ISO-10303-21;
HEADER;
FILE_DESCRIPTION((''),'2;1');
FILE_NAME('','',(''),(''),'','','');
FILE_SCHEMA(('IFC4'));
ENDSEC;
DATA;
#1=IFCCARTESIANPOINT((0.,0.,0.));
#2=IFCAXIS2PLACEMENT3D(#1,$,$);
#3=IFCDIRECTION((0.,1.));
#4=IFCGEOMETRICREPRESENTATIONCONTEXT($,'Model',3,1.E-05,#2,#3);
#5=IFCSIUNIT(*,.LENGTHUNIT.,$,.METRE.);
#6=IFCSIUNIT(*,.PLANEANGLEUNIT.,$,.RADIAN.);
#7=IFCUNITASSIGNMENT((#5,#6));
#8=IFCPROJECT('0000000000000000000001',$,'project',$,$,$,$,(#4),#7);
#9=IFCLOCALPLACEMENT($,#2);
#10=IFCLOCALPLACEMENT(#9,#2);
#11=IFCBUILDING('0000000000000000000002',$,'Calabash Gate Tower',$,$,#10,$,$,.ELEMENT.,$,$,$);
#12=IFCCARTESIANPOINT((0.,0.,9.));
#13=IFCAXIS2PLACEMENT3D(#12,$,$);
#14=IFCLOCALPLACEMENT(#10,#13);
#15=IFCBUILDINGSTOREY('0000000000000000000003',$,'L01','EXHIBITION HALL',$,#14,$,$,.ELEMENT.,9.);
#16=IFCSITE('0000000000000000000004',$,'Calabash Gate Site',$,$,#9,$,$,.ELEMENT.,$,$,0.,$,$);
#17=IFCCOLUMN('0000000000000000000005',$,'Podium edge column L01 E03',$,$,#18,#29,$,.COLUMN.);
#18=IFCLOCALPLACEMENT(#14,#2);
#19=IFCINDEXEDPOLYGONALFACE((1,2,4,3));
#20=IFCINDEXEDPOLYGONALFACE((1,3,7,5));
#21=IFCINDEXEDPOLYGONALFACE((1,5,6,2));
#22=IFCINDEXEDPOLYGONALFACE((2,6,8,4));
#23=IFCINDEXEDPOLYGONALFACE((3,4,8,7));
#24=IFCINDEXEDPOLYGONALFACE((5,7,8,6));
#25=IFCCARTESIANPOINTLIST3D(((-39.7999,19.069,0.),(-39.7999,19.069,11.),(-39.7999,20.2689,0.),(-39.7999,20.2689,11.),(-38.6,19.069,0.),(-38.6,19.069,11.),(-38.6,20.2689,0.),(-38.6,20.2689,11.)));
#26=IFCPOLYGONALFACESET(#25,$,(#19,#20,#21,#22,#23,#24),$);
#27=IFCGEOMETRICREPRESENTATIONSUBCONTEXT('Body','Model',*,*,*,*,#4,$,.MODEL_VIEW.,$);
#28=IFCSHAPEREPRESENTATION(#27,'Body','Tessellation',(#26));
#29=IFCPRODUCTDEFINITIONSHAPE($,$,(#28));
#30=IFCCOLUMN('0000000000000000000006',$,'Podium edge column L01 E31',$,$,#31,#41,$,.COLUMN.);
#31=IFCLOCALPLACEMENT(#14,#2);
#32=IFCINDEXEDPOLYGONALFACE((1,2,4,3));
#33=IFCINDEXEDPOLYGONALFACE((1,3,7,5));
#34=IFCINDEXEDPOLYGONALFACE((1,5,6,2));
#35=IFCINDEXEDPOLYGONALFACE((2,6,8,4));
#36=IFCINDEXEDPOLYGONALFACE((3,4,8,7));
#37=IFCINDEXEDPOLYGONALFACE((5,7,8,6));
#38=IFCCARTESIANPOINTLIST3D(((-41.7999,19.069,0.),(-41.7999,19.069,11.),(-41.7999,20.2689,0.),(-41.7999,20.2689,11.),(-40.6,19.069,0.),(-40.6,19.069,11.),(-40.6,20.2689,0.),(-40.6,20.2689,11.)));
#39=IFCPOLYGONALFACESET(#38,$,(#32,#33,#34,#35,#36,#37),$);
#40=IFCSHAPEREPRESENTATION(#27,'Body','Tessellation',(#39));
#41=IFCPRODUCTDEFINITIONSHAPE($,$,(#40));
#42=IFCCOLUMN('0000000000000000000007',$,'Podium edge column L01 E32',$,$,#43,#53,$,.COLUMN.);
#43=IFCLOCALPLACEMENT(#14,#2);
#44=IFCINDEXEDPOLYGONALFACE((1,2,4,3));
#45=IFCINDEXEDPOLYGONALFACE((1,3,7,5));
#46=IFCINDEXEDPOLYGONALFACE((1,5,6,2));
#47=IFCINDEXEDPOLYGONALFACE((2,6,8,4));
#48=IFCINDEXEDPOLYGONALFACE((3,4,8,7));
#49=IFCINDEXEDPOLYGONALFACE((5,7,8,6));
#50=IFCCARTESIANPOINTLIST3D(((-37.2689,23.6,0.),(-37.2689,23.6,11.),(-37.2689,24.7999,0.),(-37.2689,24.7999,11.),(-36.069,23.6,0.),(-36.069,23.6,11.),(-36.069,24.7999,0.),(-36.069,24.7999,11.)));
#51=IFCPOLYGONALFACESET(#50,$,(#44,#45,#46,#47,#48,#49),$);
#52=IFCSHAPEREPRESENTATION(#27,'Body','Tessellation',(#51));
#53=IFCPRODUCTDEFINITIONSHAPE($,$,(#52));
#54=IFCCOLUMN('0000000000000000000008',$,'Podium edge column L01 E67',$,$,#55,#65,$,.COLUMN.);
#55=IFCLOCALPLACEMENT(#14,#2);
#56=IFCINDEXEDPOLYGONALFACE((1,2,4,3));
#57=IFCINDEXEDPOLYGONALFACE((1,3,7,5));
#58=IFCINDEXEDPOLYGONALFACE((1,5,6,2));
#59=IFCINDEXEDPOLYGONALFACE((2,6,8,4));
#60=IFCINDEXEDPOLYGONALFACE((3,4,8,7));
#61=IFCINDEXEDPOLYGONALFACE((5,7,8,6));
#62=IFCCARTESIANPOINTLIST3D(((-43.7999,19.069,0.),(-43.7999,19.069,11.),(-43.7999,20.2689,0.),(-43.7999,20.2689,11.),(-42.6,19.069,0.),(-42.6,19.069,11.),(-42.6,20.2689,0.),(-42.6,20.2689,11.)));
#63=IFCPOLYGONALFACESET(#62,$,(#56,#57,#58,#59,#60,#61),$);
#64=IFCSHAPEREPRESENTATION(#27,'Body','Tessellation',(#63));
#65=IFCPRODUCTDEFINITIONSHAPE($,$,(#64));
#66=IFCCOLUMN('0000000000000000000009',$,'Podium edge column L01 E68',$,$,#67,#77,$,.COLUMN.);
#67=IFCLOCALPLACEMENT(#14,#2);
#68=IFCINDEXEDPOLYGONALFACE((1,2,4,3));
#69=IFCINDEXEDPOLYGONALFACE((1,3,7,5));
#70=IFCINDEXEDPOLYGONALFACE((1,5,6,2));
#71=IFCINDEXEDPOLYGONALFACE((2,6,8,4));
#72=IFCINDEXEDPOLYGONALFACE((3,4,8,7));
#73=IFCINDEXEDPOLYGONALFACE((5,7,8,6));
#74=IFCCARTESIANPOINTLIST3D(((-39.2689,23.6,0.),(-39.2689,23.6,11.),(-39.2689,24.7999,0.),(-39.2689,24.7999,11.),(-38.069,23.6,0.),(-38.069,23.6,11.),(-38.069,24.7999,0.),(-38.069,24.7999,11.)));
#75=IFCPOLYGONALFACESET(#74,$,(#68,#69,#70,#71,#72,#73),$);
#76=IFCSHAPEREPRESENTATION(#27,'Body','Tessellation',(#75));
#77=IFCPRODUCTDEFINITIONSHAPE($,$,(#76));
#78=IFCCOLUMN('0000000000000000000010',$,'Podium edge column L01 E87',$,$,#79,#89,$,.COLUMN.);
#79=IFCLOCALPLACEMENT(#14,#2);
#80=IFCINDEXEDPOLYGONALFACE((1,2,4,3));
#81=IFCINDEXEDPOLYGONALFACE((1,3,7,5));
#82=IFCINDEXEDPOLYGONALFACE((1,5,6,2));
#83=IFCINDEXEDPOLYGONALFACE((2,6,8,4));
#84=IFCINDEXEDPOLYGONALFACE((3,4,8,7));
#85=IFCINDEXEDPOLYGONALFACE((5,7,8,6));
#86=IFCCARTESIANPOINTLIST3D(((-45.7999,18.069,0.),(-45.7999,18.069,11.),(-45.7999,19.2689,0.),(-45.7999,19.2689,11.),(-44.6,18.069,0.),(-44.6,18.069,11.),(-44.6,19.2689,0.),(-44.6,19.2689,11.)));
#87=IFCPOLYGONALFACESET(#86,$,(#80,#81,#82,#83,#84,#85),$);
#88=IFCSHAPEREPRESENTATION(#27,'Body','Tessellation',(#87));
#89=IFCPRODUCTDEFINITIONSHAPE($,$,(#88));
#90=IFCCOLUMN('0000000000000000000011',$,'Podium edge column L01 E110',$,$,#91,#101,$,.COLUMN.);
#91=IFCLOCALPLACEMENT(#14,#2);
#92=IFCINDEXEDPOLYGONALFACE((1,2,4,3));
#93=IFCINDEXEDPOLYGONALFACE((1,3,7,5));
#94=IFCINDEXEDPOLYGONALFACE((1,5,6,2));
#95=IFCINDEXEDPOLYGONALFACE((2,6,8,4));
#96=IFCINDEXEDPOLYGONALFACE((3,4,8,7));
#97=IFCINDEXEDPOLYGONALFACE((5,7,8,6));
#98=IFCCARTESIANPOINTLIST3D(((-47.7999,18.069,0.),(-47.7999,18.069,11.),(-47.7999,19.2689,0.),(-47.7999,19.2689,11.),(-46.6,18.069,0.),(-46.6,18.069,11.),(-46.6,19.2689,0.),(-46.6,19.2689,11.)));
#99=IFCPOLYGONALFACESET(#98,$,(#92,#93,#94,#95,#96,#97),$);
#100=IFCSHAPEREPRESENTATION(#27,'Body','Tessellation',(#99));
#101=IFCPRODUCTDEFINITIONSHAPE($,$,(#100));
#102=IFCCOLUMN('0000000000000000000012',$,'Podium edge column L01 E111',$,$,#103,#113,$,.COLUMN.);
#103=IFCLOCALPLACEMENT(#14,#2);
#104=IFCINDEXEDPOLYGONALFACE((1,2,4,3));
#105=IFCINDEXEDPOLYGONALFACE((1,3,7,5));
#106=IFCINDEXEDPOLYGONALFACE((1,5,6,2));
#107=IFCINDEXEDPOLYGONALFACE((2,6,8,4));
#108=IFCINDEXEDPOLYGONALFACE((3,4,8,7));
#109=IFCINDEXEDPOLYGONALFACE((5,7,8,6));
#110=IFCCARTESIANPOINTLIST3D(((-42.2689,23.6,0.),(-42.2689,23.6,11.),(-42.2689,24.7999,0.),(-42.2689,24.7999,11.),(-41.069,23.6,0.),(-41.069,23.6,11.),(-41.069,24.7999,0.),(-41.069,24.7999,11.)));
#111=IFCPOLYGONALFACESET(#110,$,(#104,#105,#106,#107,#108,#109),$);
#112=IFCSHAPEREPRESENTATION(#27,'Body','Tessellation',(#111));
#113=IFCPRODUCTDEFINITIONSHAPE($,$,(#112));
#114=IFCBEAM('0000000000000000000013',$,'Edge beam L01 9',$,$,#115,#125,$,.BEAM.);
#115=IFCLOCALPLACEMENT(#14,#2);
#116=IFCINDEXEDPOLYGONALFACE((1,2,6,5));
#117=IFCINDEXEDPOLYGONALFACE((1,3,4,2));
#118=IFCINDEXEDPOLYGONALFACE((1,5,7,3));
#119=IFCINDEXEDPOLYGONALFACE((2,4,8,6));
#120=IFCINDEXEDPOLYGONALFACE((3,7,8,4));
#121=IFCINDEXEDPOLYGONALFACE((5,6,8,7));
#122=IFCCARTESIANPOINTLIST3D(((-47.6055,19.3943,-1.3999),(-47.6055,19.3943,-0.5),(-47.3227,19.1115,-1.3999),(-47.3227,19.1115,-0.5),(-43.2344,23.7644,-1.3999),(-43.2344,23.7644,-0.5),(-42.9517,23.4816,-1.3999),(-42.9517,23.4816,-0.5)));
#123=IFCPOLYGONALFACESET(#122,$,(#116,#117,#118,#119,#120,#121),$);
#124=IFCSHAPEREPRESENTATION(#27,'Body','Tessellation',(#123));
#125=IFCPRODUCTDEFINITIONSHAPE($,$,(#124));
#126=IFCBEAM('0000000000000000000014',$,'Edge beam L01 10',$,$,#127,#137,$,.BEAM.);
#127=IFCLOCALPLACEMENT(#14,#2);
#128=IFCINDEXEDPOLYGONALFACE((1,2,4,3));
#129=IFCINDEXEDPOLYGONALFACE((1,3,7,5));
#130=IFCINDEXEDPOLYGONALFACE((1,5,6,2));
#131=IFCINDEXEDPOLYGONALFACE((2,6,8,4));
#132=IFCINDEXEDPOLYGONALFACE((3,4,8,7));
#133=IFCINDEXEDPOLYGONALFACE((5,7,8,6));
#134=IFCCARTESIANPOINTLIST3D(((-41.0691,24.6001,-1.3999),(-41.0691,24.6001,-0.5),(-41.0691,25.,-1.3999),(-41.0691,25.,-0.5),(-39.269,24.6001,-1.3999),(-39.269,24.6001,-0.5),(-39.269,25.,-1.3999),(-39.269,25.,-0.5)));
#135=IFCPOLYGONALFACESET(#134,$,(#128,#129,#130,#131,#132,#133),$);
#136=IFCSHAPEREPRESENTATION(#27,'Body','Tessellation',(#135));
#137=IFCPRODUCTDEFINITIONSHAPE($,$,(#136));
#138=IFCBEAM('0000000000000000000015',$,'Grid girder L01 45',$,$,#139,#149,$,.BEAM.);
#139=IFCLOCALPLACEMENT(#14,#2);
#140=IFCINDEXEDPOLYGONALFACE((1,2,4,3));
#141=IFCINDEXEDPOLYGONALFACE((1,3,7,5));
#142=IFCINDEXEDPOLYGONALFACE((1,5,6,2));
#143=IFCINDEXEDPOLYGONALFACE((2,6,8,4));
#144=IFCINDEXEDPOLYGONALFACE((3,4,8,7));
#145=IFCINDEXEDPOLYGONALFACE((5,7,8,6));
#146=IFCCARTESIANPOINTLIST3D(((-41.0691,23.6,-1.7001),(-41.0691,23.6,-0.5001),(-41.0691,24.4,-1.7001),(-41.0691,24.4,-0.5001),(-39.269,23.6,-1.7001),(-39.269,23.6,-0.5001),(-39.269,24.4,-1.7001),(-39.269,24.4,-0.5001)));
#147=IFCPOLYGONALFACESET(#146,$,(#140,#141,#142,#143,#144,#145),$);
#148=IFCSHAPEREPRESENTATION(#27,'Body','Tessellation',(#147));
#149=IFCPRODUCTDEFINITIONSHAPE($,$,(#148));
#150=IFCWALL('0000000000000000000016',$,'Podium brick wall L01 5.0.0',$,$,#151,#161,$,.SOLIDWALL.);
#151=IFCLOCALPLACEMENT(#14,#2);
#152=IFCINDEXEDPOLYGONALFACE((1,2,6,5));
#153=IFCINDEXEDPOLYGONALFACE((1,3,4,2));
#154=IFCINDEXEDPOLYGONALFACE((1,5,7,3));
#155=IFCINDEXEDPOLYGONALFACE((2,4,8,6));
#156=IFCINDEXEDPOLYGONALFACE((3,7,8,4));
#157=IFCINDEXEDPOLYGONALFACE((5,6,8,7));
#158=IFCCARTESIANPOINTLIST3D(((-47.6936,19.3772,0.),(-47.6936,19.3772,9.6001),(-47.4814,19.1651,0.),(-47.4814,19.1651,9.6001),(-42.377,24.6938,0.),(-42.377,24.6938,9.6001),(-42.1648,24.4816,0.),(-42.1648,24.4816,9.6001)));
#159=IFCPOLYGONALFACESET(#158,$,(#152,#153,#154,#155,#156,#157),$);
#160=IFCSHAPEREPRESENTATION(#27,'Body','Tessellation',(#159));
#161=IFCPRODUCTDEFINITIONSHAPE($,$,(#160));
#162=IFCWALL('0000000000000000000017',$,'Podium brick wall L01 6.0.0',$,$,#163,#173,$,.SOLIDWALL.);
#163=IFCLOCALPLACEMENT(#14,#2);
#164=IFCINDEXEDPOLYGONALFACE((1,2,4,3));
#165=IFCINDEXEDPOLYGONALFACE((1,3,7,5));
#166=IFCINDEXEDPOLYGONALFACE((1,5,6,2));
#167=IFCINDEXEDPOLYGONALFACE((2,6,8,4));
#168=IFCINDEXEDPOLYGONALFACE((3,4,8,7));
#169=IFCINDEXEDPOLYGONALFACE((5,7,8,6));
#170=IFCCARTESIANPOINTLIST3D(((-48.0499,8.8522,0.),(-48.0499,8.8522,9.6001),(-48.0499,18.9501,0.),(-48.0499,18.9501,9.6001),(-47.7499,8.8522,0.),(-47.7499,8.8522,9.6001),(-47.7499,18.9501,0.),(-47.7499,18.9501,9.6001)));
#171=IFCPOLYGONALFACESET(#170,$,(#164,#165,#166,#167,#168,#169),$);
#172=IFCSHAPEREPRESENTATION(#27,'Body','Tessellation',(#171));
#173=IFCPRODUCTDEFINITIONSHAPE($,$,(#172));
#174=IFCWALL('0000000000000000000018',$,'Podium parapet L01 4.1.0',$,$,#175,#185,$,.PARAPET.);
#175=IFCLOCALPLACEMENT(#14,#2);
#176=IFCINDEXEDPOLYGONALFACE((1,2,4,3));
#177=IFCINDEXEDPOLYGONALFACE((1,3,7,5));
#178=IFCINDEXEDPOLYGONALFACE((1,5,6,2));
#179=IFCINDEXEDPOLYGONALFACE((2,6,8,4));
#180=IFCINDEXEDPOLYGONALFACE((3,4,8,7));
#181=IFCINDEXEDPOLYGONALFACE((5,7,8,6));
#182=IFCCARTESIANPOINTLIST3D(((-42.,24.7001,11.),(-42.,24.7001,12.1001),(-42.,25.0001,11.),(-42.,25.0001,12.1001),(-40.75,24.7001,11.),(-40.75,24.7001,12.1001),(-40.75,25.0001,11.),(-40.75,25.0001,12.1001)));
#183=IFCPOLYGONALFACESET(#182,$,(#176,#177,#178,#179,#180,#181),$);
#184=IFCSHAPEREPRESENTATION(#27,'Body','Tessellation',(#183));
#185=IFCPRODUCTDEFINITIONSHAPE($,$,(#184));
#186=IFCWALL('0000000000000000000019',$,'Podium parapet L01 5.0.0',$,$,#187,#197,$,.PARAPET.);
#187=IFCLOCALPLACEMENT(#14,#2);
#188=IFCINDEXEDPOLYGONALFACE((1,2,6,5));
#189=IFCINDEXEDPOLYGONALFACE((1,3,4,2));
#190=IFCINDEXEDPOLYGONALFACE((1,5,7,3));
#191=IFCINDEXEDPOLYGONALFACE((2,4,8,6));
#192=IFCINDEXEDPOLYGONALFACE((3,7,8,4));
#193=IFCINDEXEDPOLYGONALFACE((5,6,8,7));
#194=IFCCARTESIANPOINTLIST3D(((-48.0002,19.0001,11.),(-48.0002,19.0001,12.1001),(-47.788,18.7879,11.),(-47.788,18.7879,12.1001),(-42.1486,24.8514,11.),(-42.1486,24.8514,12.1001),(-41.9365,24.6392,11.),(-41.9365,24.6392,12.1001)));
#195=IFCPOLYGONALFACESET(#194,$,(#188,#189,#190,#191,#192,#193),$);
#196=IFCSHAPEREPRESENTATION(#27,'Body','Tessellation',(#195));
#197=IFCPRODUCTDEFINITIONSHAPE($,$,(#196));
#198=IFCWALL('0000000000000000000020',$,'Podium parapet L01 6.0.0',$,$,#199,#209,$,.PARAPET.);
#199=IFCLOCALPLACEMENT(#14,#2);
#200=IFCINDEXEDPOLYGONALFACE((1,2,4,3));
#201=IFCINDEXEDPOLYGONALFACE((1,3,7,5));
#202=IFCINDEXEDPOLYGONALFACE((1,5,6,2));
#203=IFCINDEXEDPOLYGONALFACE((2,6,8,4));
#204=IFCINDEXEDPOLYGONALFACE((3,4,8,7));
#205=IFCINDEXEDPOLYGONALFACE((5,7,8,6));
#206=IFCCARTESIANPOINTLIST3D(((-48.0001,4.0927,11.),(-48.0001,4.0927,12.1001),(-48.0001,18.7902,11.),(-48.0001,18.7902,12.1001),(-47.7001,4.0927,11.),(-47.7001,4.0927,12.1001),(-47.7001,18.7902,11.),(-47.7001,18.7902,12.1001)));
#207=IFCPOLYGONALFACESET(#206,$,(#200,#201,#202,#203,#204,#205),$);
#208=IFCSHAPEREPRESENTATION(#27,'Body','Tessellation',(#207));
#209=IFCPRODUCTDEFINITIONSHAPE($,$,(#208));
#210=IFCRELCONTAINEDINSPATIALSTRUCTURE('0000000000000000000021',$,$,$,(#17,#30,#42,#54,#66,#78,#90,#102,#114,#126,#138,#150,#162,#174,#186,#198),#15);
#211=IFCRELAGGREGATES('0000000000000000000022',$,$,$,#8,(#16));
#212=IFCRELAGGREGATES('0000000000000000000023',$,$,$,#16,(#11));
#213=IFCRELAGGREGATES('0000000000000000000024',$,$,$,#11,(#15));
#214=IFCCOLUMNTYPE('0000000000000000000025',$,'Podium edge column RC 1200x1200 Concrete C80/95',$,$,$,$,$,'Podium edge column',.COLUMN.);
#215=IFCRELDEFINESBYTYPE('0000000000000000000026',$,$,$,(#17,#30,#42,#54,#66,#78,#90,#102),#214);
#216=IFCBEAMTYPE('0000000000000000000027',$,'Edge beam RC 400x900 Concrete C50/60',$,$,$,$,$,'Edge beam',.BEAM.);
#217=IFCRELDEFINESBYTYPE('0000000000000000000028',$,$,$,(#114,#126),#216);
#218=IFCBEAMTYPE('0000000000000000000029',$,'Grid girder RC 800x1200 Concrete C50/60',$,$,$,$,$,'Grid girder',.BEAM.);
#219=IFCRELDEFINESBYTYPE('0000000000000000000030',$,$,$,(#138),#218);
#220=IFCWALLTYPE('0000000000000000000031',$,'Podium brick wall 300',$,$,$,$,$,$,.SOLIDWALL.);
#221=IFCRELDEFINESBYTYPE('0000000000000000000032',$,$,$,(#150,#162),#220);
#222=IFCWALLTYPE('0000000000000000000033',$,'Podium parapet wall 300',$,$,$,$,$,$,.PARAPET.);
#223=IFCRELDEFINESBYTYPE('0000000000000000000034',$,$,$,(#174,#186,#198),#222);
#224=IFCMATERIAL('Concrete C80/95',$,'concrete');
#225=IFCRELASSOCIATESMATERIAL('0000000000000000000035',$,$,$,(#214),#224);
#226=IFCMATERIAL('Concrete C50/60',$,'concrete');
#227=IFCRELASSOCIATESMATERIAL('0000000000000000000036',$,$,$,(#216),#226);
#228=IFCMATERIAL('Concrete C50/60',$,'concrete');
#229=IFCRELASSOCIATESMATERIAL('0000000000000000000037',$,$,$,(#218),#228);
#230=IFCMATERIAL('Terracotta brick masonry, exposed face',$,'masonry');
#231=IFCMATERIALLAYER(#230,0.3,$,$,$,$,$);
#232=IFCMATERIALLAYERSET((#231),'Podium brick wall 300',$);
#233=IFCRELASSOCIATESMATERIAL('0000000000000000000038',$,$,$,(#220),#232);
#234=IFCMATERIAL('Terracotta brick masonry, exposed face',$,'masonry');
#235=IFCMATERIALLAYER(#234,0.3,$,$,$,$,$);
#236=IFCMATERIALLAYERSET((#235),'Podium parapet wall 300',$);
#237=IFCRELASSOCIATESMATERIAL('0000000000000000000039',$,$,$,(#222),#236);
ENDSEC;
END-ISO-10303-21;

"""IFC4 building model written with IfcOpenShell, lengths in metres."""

from ifc_helpers import new_model, si_unit, direction, frame, frame_2d, origin, origin_2d, place, context, subcontext, project, spatial, rectangle, extrude, material, layer, layer_set, material_profile, profile_set, type_object, element, save


model = new_model("IFC4")

# Units and contexts
model_context = context("Model", 3, precision=1e-05, world=origin(), true_north=direction((0.0, 1.0)))
body_context = subcontext(model_context, "Body", "Model", "MODEL_VIEW")
ifc_project = project(units=[si_unit("LENGTHUNIT", "METRE"), si_unit("PLANEANGLEUNIT", "RADIAN")], contexts=[model_context])

# Site, building, storey
site_placement = place(None, origin())
site = spatial("IfcSite", under=ifc_project, at=site_placement, Name="Calabash Gate Site", CompositionType="ELEMENT", RefElevation=0.0)
building_placement = place(site_placement, origin())
building = spatial("IfcBuilding", under=site, at=building_placement, Name="Calabash Gate Tower", CompositionType="ELEMENT")
storey_placement = place(building_placement, frame((0.0, 0.0, 9.0)))
storey = spatial("IfcBuildingStorey", under=building, at=storey_placement, Name="L01", Description="EXHIBITION HALL", CompositionType="ELEMENT", Elevation=9.0)

# Columns
ifc_material_1 = material(Name="Concrete C80/95", Category="concrete")
ifc_material_profile_1 = material_profile(ifc_material_1, rectangle(XDim=1.2, YDim=1.2, at=origin_2d()))
ifc_profile_set_1 = profile_set([ifc_material_profile_1], Name="Concrete C80/95")
column_type = type_object("IfcColumnType", Name="Podium edge column RC 1200x1200 Concrete C80/95", ElementType="Podium edge column", PredefinedType="COLUMN", material=ifc_profile_set_1)
for number, where, z_axis, x_axis, name in (
    (1, (-39.2, 19.6689, 0.0), (0.0, 0.0, 1.0), (1.0, 0.0, 0.0), "Podium edge column L01 E03"),
    (2, (-41.2, 19.6689, 0.0), (0.0, 0.0, 1.0), (1.0, 0.0, 0.0), "Podium edge column L01 E31"),
    (3, (-36.6689, 24.2, 0.0), (0.0, 0.0, 1.0), (1.0, 0.0, 0.0), "Podium edge column L01 E32"),
    (4, (-43.2, 19.6689, 0.0), (0.0, 0.0, 1.0), (1.0, 0.0, 0.0), "Podium edge column L01 E67"),
    (5, (-38.6689, 24.2, 0.0), (0.0, 0.0, 1.0), (1.0, 0.0, 0.0), "Podium edge column L01 E68"),
    (6, (-45.2, 18.6689, 0.0), (0.0, 0.0, 1.0), (1.0, 0.0, 0.0), "Podium edge column L01 E87"),
    (7, (-47.2, 18.6689, 0.0), (0.0, 0.0, 1.0), (1.0, 0.0, 0.0), "Podium edge column L01 E110"),
    (8, (-41.6689, 24.2, 0.0), (0.0, 0.0, 1.0), (1.0, 0.0, 0.0), "Podium edge column L01 E111"),
):
    element("IfcColumn", number, at=place(storey_placement, frame(where, z_axis=z_axis, x_axis=x_axis)), inside=storey, type_object=column_type, Name=name, PredefinedType="COLUMN", context=body_context, shape_type="SweptSolid", body=[
        extrude(rectangle(XDim=1.2, YDim=1.2, at=origin_2d()), origin(), (0.0, 0.0, 1.0), 11.0),
    ])

# Beams
ifc_material_2 = material(Name="Concrete C50/60", Category="concrete")
ifc_material_profile_2 = material_profile(ifc_material_2, rectangle(XDim=0.3999, YDim=0.8999, at=origin_2d()))
ifc_profile_set_2 = profile_set([ifc_material_profile_2], Name="Concrete C50/60")
beam_type_1 = type_object("IfcBeamType", Name="Edge beam RC 400x900 Concrete C50/60", ElementType="Edge beam", PredefinedType="BEAM", material=ifc_profile_set_2)
beam_1_placement = place(storey_placement, frame((-47.4641, 19.2529, -0.95), z_axis=(0.707186, 0.707028, 0.0), x_axis=(-0.707028, 0.707186, 0.0)))
element("IfcBeam", 9, at=beam_1_placement, inside=storey, type_object=beam_type_1, Name="Edge beam L01 9", PredefinedType="BEAM", context=body_context, shape_type="SweptSolid", body=[
    extrude(rectangle(XDim=0.3999, YDim=0.8999, at=origin_2d()), origin(), (0.0, 0.0, 1.0), 6.1809),
])
beam_2_placement = place(storey_placement, frame((-41.0691, 24.8, -0.95), z_axis=(1.0, 0.0, 0.0), x_axis=(0.0, 1.0, 0.0)))
element("IfcBeam", 10, at=beam_2_placement, inside=storey, type_object=beam_type_1, Name="Edge beam L01 10", PredefinedType="BEAM", context=body_context, shape_type="SweptSolid", body=[
    extrude(rectangle(XDim=0.3999, YDim=0.8999, at=origin_2d()), origin(), (0.0, 0.0, 1.0), 1.8),
])
ifc_material_3 = material(Name="Concrete C50/60", Category="concrete")
ifc_material_profile_3 = material_profile(ifc_material_3, rectangle(XDim=0.8, YDim=1.2, at=origin_2d()))
ifc_profile_set_3 = profile_set([ifc_material_profile_3], Name="Concrete C50/60")
beam_type_2 = type_object("IfcBeamType", Name="Grid girder RC 800x1200 Concrete C50/60", ElementType="Grid girder", PredefinedType="BEAM", material=ifc_profile_set_3)
beam_3_placement = place(storey_placement, frame((-41.0691, 24.0, -1.1001), z_axis=(1.0, 0.0, 0.0), x_axis=(0.0, 1.0, 0.0)))
element("IfcBeam", 11, at=beam_3_placement, inside=storey, type_object=beam_type_2, Name="Grid girder L01 45", PredefinedType="BEAM", context=body_context, shape_type="SweptSolid", body=[
    extrude(rectangle(XDim=0.8, YDim=1.2, at=origin_2d()), origin(), (0.0, 0.0, 1.0), 1.8),
])

# Walls
ifc_material_4 = material(Name="Terracotta brick masonry, exposed face", Category="masonry")
ifc_layer_1 = layer(ifc_material_4, 0.3)
ifc_layer_set_1 = layer_set([ifc_layer_1], Name="Podium brick wall 300")
wall_type_1 = type_object("IfcWallType", Name="Podium brick wall 300", PredefinedType="SOLIDWALL", material=ifc_layer_set_1)
wall_1_placement = place(storey_placement, frame((-42.271, 24.5876, 0.0), z_axis=(0.0, 0.0, 1.0), x_axis=(-0.707107, -0.707107, 0.0)))
element("IfcWall", 12, at=wall_1_placement, inside=storey, type_object=wall_type_1, Name="Podium brick wall L01 5.0.0", PredefinedType="SOLIDWALL", context=body_context, shape_type="SweptSolid", body=[
    extrude(rectangle(XDim=7.5188, YDim=0.3, at=frame_2d((3.7593, 0.0))), origin(), (0.0, 0.0, 1.0), 9.6001),
])
wall_2_placement = place(storey_placement, frame((-47.8999, 18.95, 0.0), z_axis=(0.0, 0.0, 1.0), x_axis=(0.0, -1.0, 0.0)))
element("IfcWall", 13, at=wall_2_placement, inside=storey, type_object=wall_type_1, Name="Podium brick wall L01 6.0.0", PredefinedType="SOLIDWALL", context=body_context, shape_type="SweptSolid", body=[
    extrude(rectangle(XDim=10.0979, YDim=0.3, at=frame_2d((5.0488, 0.0))), origin(), (0.0, 0.0, 1.0), 9.6001),
])
ifc_material_5 = material(Name="Terracotta brick masonry, exposed face", Category="masonry")
ifc_layer_2 = layer(ifc_material_5, 0.3)
ifc_layer_set_2 = layer_set([ifc_layer_2], Name="Podium parapet wall 300")
wall_type_2 = type_object("IfcWallType", Name="Podium parapet wall 300", PredefinedType="PARAPET", material=ifc_layer_set_2)
wall_3_placement = place(storey_placement, frame((-40.75, 24.8501, 11.0), z_axis=(0.0, 0.0, 1.0), x_axis=(-1.0, 0.0, 0.0)))
element("IfcWall", 14, at=wall_3_placement, inside=storey, type_object=wall_type_2, Name="Podium parapet L01 4.1.0", PredefinedType="PARAPET", context=body_context, shape_type="SweptSolid", body=[
    extrude(rectangle(XDim=1.25, YDim=0.3, at=frame_2d((0.625, 0.0))), origin(), (0.0, 0.0, 1.0), 1.1001),
])
wall_4_placement = place(storey_placement, frame((-42.0425, 24.7454, 11.0), z_axis=(0.0, 0.0, 1.0), x_axis=(-0.707122, -0.707092, 0.0)))
element("IfcWall", 15, at=wall_4_placement, inside=storey, type_object=wall_type_2, Name="Podium parapet L01 5.0.0", PredefinedType="PARAPET", context=body_context, shape_type="SweptSolid", body=[
    extrude(rectangle(XDim=8.2751, YDim=0.3, at=frame_2d((4.1377, 0.0))), origin(), (0.0, 0.0, 1.0), 1.1001),
])
wall_5_placement = place(storey_placement, frame((-47.8501, 18.79, 11.0), z_axis=(0.0, 0.0, 1.0), x_axis=(0.0, -1.0, 0.0)))
element("IfcWall", 16, at=wall_5_placement, inside=storey, type_object=wall_type_2, Name="Podium parapet L01 6.0.0", PredefinedType="PARAPET", context=body_context, shape_type="SweptSolid", body=[
    extrude(rectangle(XDim=14.6975, YDim=0.3, at=frame_2d((7.3486, 0.0))), origin(), (0.0, 0.0, 1.0), 1.1001),
])

save(model, "model.ifc")
